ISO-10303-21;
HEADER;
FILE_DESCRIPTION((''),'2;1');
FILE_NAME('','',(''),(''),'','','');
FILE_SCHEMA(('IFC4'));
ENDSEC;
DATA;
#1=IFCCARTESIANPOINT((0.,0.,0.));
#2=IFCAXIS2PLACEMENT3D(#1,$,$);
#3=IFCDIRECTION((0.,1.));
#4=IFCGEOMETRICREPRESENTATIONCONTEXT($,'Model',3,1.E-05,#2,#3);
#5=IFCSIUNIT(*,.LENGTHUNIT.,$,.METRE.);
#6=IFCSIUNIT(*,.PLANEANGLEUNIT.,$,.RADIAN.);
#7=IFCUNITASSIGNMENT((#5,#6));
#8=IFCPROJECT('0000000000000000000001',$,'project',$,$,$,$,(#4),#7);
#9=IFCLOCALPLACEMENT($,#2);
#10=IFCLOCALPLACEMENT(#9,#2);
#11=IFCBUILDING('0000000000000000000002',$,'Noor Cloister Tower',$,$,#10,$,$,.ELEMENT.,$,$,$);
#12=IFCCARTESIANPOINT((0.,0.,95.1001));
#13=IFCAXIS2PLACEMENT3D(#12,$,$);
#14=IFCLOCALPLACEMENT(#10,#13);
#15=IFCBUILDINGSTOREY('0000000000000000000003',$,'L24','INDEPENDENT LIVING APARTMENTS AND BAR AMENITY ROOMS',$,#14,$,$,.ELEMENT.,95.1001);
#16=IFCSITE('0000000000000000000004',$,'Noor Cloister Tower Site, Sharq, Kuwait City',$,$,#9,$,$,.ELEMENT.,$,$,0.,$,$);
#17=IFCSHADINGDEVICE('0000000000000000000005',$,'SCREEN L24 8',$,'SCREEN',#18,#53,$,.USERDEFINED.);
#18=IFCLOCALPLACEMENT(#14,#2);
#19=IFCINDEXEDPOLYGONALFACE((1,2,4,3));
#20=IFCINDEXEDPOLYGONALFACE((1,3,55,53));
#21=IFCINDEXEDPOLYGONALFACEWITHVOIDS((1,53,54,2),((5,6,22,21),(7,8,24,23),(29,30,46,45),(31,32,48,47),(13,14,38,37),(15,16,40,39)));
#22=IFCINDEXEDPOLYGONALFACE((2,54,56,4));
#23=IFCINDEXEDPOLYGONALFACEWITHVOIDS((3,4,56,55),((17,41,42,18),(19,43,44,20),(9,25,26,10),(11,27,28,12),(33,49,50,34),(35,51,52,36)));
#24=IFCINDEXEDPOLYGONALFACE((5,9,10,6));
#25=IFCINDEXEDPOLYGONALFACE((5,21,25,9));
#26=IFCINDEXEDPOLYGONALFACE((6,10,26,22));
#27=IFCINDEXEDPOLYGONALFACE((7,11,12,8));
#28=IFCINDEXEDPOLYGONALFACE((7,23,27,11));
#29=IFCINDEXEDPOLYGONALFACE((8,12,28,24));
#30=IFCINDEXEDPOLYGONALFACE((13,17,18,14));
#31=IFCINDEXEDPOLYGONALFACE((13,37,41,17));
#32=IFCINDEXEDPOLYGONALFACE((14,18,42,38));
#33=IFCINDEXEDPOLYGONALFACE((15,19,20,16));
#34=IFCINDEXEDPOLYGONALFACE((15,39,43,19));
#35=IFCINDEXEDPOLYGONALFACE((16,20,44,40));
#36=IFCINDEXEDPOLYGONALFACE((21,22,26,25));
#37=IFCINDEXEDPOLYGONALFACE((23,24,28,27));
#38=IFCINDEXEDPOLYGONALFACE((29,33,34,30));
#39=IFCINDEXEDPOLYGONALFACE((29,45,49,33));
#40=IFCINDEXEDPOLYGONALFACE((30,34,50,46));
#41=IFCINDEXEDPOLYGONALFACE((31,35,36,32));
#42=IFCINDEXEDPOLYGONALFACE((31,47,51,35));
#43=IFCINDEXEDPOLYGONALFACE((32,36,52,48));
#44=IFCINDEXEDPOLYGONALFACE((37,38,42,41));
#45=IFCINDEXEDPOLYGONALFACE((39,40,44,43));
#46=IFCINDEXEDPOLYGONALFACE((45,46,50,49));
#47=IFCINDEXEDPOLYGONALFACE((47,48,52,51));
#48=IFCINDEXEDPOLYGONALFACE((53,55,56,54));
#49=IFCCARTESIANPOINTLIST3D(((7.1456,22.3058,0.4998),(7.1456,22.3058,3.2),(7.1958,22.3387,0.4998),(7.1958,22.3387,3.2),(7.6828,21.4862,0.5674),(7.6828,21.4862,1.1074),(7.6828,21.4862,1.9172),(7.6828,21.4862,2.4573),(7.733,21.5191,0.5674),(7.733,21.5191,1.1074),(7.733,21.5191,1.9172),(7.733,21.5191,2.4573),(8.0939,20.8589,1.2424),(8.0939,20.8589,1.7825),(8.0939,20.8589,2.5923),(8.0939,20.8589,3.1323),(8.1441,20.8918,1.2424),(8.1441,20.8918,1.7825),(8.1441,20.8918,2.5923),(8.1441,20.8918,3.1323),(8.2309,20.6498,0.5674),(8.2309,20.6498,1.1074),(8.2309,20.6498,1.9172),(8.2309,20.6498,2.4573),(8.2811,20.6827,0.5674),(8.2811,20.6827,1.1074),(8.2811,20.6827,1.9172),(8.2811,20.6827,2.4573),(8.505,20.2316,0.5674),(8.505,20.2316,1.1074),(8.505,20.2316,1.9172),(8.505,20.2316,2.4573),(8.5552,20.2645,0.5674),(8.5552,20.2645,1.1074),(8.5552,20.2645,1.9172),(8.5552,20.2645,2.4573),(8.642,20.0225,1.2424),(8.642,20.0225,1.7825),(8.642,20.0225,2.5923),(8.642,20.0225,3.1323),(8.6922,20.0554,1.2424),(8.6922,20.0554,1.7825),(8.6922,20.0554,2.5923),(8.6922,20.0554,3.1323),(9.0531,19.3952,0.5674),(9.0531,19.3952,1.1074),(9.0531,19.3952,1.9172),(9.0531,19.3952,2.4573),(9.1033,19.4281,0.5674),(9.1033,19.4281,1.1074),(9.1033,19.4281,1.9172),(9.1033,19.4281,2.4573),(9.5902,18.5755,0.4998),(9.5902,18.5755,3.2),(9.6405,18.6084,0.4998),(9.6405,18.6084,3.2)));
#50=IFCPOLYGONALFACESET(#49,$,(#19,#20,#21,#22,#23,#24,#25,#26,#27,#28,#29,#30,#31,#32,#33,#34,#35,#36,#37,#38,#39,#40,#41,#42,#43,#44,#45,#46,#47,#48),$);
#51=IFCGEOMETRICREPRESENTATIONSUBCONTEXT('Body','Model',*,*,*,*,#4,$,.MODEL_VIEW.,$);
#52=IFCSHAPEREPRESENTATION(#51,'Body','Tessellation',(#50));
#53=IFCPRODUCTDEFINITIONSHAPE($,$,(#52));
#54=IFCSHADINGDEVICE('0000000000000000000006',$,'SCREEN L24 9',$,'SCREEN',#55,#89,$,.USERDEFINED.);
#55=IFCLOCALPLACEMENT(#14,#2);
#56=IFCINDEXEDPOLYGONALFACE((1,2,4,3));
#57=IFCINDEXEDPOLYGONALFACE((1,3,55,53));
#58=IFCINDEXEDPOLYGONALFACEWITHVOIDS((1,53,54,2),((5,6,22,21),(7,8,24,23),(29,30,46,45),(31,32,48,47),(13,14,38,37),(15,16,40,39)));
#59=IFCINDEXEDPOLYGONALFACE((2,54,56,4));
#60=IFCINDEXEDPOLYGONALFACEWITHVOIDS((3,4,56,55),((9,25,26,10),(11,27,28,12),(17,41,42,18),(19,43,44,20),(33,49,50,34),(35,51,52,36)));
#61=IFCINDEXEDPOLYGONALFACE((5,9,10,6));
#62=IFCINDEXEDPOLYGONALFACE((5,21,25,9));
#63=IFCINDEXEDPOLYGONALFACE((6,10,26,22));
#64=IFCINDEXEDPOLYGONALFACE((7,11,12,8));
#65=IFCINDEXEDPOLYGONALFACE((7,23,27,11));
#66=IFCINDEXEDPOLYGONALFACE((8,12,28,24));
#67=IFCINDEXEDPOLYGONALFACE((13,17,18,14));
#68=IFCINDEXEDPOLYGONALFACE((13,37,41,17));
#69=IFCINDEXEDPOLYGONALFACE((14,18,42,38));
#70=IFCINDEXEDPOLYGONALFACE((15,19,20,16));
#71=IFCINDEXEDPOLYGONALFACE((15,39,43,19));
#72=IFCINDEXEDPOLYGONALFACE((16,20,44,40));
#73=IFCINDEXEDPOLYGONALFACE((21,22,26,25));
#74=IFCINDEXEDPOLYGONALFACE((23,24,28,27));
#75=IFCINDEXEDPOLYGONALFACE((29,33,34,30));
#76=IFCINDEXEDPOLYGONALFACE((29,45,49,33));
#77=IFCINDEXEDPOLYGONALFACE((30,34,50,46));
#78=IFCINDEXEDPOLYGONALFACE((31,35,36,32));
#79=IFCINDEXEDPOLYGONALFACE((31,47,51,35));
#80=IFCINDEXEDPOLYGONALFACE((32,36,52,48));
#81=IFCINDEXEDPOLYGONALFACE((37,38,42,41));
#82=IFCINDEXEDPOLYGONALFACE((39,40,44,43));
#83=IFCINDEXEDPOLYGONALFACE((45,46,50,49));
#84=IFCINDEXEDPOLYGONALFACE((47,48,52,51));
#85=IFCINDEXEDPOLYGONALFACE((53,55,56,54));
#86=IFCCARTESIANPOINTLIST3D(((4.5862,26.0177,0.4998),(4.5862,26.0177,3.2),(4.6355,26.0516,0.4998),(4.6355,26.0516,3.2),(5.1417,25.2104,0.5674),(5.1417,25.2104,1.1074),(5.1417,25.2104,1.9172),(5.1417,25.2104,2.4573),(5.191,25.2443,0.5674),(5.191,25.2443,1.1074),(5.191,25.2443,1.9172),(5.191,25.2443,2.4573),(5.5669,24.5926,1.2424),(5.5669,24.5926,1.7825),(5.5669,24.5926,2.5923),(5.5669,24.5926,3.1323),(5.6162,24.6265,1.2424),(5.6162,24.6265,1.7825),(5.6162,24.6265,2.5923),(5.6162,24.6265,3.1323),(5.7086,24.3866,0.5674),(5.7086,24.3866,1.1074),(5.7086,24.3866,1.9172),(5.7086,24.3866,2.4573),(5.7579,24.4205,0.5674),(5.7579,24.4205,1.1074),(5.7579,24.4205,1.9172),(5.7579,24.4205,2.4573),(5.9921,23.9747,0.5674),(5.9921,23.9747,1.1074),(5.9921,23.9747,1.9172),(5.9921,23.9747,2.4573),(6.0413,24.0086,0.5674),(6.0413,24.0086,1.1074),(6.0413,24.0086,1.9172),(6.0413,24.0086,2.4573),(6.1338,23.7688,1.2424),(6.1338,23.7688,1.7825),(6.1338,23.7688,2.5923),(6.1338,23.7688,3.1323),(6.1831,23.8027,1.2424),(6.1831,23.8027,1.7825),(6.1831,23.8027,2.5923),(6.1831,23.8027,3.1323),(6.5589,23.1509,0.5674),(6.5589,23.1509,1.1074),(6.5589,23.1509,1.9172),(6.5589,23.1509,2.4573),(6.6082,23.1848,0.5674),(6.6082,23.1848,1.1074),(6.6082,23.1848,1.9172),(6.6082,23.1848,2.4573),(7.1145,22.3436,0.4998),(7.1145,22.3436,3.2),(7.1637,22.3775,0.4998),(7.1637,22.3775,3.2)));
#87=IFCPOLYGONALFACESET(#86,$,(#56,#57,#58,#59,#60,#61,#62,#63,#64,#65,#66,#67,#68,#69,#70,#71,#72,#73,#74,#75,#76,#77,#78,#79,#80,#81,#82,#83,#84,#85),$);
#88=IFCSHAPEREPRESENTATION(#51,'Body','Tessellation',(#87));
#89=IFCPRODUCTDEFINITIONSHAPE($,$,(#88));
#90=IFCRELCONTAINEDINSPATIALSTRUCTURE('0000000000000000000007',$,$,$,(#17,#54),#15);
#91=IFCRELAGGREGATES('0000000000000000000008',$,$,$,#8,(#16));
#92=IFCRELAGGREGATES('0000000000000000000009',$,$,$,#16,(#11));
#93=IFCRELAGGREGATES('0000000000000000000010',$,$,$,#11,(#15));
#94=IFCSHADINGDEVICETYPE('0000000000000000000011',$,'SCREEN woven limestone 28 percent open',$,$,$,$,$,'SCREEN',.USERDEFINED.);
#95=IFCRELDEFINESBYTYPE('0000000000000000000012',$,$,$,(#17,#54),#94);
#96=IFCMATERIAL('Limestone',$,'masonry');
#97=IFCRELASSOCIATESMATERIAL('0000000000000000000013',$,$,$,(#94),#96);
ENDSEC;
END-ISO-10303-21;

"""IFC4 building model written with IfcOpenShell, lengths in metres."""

from ifc_helpers import new_model, si_unit, direction, frame, origin, place, context, subcontext, project, spatial, polyline, outline, extrude, material, material_profile, profile_set, type_object, element, save


model = new_model("IFC4")

# Units and contexts
model_context = context("Model", 3, precision=1e-05, world=origin(), true_north=direction((0.0, 1.0)))
body_context = subcontext(model_context, "Body", "Model", "MODEL_VIEW")
ifc_project = project(units=[si_unit("LENGTHUNIT", "METRE"), si_unit("PLANEANGLEUNIT", "RADIAN")], contexts=[model_context])

# Site, building, storey
site_placement = place(None, origin())
site = spatial("IfcSite", under=ifc_project, at=site_placement, Name="Noor Cloister Tower Site, Sharq, Kuwait City", CompositionType="ELEMENT", RefElevation=0.0)
building_placement = place(site_placement, origin())
building = spatial("IfcBuilding", under=site, at=building_placement, Name="Noor Cloister Tower", CompositionType="ELEMENT")
storey_placement = place(building_placement, frame((0.0, 0.0, 95.1001)))
storey = spatial("IfcBuildingStorey", under=building, at=storey_placement, Name="L24", Description="INDEPENDENT LIVING APARTMENTS AND BAR AMENITY ROOMS", CompositionType="ELEMENT", Elevation=95.1001)

# Shading devices
ifc_material_1 = material(Name="Limestone", Category="masonry")
ifc_material_profile_1 = material_profile(ifc_material_1, outline(polyline([(-2.23, -1.3501), (2.23, -1.3501), (2.23, 1.3501), (-2.23, 1.3501), (-2.23, -1.3501)]), holes=[polyline([(-1.25, -1.2825), (-0.25, -1.2825), (-0.25, -0.7424), (-1.25, -0.7424), (-1.25, -1.2825)]), polyline([(0.25, -1.2825), (1.25, -1.2825), (1.25, -0.7424), (0.25, -0.7424), (0.25, -1.2825)]), polyline([(-0.5, -0.6074), (0.5, -0.6074), (0.5, -0.0674), (-0.5, -0.0674), (-0.5, -0.6074)]), polyline([(-1.25, 0.0674), (-0.25, 0.0674), (-0.25, 0.6074), (-1.25, 0.6074), (-1.25, 0.0674)]), polyline([(0.25, 0.0674), (1.25, 0.0674), (1.25, 0.6074), (0.25, 0.6074), (0.25, 0.0674)]), polyline([(-0.5, 0.7424), (0.5, 0.7424), (0.5, 1.2825), (-0.5, 1.2825), (-0.5, 0.7424)])]), Name="Woven screen 28 percent open")
ifc_profile_set_1 = profile_set([ifc_material_profile_1], Name="Limestone")
shading_device_type = type_object("IfcShadingDeviceType", Name="SCREEN woven limestone 28 percent open", ElementType="SCREEN", PredefinedType="USERDEFINED", material=ifc_profile_set_1)
for number, where, z_axis, x_axis, name in (
    (1, (8.3679, 20.4407, 1.8499), (0.836397, 0.548124, 0.0), (-0.548124, 0.836397, 0.0), "SCREEN L24 8"),
):
    element("IfcShadingDevice", number, at=place(storey_placement, frame(where, z_axis=z_axis, x_axis=x_axis)), inside=storey, type_object=shading_device_type, Name=name, ObjectType="SCREEN", PredefinedType="USERDEFINED", context=body_context, shape_type="SweptSolid", body=[
        extrude(outline(polyline([(-2.23, -1.3501), (2.23, -1.3501), (2.23, 1.3501), (-2.23, 1.3501), (-2.23, -1.3501)]), holes=[polyline([(-1.25, -1.2825), (-0.25, -1.2825), (-0.25, -0.7424), (-1.25, -0.7424), (-1.25, -1.2825)]), polyline([(0.25, -1.2825), (1.25, -1.2825), (1.25, -0.7424), (0.25, -0.7424), (0.25, -1.2825)]), polyline([(-0.5, -0.6074), (0.5, -0.6074), (0.5, -0.0674), (-0.5, -0.0674), (-0.5, -0.6074)]), polyline([(-1.25, 0.0674), (-0.25, 0.0674), (-0.25, 0.6074), (-1.25, 0.6074), (-1.25, 0.0674)]), polyline([(0.25, 0.0674), (1.25, 0.0674), (1.25, 0.6074), (0.25, 0.6074), (0.25, 0.0674)]), polyline([(-0.5, 0.7424), (0.5, 0.7424), (0.5, 1.2825), (-0.5, 1.2825), (-0.5, 0.7424)])]), origin(), (0.0, 0.0, 1.0), 0.0601),
    ])
shading_device_1_placement = place(storey_placement, frame((5.8503, 24.1807, 1.8499), z_axis=(0.823804, 0.566875, 0.0), x_axis=(-0.566875, 0.823804, 0.0)))
element("IfcShadingDevice", 2, at=shading_device_1_placement, inside=storey, type_object=shading_device_type, Name="SCREEN L24 9", ObjectType="SCREEN", PredefinedType="USERDEFINED", context=body_context, shape_type="SweptSolid", body=[
    extrude(outline(polyline([(-2.23, -1.3501), (2.23, -1.3501), (2.23, 1.3501), (-2.23, 1.3501), (-2.23, -1.3501)]), holes=[polyline([(-1.25, -1.2825), (-0.25, -1.2825), (-0.25, -0.7424), (-1.25, -0.7424), (-1.25, -1.2825)]), polyline([(0.25, -1.2825), (1.25, -1.2825), (1.25, -0.7424), (0.25, -0.7424), (0.25, -1.2825)]), polyline([(-0.5, -0.6074), (0.5, -0.6074), (0.5, -0.0674), (-0.5, -0.0674), (-0.5, -0.6074)]), polyline([(-1.25, 0.0674), (-0.25, 0.0674), (-0.25, 0.6074), (-1.25, 0.6074), (-1.25, 0.0674)]), polyline([(0.25, 0.0674), (1.25, 0.0674), (1.25, 0.6074), (0.25, 0.6074), (0.25, 0.0674)]), polyline([(-0.5, 0.7424), (0.5, 0.7424), (0.5, 1.2825), (-0.5, 1.2825), (-0.5, 0.7424)])]), origin(), (0.0, 0.0, 1.0), 0.0598),
])

save(model, "model.ifc")
